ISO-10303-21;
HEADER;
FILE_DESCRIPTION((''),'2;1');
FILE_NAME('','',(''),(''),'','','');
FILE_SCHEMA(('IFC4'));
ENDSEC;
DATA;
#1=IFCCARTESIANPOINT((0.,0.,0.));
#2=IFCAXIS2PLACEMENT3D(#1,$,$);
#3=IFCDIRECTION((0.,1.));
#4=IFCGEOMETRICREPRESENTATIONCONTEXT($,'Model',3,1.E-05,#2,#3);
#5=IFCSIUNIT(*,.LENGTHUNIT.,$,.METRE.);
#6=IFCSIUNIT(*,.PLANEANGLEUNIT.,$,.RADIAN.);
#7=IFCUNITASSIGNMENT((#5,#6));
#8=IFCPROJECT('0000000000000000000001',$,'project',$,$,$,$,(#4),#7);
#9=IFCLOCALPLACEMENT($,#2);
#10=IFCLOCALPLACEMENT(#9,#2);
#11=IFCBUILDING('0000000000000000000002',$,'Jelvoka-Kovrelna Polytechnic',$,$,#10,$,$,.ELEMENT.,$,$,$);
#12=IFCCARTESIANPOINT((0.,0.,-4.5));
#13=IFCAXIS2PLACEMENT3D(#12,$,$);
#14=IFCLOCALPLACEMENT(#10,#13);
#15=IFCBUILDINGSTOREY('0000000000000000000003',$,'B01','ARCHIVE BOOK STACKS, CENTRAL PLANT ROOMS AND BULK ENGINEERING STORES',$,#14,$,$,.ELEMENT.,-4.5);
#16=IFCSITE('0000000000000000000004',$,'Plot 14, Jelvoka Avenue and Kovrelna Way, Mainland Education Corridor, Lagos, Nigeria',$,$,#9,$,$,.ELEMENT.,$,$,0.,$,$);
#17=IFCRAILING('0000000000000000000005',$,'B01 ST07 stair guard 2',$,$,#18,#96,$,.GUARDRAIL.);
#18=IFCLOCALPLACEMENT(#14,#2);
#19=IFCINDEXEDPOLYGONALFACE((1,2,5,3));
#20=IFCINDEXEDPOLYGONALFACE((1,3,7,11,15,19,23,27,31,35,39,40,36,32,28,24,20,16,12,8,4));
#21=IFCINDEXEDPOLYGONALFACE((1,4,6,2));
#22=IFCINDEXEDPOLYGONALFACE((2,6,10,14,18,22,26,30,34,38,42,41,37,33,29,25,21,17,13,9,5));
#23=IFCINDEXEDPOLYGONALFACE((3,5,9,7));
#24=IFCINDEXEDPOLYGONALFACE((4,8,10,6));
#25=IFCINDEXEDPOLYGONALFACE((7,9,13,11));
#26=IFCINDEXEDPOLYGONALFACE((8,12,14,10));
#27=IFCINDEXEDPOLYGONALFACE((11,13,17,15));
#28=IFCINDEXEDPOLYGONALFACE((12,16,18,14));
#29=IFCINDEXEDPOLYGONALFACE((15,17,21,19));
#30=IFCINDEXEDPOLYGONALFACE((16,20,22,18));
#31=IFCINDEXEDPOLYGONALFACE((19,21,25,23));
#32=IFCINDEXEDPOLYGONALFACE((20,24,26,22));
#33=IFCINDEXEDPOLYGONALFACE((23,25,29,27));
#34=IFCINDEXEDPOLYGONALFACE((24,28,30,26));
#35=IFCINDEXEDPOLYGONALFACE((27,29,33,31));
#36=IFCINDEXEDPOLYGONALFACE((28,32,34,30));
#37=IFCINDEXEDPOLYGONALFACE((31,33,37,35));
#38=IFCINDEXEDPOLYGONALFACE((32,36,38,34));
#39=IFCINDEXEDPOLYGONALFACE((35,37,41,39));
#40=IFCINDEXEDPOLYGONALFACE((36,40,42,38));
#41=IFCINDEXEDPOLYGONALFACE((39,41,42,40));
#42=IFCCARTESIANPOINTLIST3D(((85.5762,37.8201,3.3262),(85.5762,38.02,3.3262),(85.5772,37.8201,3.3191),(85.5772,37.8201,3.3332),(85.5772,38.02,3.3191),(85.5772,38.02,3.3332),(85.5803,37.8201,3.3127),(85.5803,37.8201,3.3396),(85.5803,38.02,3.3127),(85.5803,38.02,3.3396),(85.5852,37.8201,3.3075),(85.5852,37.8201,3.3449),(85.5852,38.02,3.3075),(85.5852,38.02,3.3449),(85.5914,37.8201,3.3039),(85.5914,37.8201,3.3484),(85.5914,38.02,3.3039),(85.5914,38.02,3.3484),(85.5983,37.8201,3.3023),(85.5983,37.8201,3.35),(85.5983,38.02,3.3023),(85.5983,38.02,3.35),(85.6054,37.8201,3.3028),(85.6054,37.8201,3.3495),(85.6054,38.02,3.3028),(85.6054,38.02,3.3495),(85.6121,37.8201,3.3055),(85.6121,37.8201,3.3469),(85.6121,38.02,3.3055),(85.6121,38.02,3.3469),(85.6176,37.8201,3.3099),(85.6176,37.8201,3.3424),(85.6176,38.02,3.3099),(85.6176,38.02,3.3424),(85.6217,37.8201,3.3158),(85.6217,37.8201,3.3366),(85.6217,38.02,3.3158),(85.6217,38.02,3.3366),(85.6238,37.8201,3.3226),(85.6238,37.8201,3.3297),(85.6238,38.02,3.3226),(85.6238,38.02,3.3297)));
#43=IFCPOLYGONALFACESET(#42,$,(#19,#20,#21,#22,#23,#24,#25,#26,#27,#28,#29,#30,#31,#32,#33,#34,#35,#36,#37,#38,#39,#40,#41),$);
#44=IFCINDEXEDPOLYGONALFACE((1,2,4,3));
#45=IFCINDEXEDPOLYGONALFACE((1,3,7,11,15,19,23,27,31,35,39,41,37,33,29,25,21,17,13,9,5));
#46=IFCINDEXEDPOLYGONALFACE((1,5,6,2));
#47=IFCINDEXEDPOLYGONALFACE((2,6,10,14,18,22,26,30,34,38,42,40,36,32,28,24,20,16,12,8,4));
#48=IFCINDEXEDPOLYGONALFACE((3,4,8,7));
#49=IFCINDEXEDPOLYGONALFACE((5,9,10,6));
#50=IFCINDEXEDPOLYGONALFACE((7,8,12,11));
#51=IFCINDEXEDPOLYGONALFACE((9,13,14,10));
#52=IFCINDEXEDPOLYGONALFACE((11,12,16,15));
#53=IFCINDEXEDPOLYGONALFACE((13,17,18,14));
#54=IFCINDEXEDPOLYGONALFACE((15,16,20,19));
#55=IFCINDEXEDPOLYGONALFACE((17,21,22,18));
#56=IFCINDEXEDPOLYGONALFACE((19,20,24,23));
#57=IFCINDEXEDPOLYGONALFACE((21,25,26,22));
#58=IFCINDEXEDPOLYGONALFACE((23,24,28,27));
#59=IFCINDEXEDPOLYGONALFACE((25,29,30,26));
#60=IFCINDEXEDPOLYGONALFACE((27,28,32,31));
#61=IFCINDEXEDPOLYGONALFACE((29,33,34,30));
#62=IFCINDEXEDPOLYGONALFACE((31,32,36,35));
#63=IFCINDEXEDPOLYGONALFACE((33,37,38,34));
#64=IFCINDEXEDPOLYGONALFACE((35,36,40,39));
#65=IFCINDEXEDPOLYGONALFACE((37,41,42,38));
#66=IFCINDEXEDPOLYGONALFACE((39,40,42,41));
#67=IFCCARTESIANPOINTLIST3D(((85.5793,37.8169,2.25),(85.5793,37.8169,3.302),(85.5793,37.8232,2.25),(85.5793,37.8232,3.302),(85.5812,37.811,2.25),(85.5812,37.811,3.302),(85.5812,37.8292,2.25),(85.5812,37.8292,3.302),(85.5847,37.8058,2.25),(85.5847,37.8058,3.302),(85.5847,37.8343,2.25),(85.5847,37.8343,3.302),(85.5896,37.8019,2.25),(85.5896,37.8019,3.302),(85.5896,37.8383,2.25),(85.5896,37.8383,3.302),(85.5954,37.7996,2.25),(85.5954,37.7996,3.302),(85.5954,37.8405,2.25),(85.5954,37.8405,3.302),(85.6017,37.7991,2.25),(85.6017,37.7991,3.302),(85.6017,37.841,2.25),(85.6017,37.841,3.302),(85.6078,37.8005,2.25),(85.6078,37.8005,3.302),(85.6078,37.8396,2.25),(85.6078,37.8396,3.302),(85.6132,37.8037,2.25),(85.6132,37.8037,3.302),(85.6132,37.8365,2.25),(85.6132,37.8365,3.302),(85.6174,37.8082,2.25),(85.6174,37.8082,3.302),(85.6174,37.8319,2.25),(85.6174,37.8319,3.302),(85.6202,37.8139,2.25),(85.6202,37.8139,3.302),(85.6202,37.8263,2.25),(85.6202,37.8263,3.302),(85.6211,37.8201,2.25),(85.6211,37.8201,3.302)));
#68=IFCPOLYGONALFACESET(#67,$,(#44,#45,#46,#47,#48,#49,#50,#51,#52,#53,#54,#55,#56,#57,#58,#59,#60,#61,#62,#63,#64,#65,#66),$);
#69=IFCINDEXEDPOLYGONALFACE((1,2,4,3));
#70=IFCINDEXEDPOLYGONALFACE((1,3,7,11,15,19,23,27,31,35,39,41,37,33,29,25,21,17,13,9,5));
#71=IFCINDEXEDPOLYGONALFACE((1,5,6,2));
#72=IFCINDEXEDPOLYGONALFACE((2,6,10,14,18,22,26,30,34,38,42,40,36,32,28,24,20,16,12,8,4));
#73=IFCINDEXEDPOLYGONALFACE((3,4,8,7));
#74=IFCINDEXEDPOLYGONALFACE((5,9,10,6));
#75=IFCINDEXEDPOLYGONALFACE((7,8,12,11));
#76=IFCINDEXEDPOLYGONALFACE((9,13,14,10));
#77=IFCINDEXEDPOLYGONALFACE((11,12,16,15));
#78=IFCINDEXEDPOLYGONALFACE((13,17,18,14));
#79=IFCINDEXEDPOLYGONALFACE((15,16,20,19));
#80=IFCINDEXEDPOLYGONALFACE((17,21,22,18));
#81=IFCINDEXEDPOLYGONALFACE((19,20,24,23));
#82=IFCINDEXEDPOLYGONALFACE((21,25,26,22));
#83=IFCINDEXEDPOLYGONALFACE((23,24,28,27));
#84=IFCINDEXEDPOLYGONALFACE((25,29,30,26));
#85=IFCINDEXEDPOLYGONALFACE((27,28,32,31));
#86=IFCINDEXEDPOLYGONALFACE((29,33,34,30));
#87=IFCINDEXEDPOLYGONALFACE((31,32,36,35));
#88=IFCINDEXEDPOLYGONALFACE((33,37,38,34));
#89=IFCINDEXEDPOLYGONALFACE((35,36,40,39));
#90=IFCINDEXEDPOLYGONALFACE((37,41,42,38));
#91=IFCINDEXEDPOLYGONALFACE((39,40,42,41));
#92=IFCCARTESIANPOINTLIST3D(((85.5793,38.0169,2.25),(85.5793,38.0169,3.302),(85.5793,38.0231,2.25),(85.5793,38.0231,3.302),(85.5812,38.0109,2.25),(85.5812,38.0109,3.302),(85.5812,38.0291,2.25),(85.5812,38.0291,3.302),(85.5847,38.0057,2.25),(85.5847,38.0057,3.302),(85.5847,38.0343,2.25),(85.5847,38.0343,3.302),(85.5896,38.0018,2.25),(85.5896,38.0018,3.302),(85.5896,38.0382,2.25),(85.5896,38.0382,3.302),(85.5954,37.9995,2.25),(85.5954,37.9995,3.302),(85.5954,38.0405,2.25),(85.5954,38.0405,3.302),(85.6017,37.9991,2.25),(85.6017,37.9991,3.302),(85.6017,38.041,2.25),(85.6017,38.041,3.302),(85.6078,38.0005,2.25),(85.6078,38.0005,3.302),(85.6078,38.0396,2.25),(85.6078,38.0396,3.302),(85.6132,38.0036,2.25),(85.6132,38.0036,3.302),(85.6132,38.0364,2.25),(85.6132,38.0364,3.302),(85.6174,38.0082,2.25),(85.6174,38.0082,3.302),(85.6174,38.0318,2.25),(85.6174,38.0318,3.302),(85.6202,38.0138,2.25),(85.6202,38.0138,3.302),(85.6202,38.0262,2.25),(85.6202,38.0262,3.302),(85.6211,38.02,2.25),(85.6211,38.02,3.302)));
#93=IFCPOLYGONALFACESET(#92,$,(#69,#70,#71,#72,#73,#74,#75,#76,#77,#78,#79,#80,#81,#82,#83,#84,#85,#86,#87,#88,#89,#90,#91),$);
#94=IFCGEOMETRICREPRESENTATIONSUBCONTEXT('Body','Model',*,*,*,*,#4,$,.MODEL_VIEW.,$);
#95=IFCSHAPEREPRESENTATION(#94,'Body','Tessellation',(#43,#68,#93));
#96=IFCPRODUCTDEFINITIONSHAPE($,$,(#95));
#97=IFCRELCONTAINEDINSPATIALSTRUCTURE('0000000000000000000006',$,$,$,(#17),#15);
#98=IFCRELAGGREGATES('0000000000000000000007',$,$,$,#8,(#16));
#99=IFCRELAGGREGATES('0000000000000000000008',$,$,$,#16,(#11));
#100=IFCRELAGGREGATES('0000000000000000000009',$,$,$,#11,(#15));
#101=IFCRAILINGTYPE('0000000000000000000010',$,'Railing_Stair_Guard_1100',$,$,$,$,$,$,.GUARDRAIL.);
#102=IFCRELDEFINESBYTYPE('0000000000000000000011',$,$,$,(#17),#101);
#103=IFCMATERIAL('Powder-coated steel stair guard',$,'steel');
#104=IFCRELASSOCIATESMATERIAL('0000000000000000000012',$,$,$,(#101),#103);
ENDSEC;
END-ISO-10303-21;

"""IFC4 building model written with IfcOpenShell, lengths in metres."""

from ifc_helpers import new_model, si_unit, direction, frame, origin, origin_2d, place, context, subcontext, project, spatial, circle, extrude, material, type_object, element, save


model = new_model("IFC4")

# Units and contexts
model_context = context("Model", 3, precision=1e-05, world=origin(), true_north=direction((0.0, 1.0)))
body_context = subcontext(model_context, "Body", "Model", "MODEL_VIEW")
ifc_project = project(units=[si_unit("LENGTHUNIT", "METRE"), si_unit("PLANEANGLEUNIT", "RADIAN")], contexts=[model_context])

# Site, building, storey
site_placement = place(None, origin())
site = spatial("IfcSite", under=ifc_project, at=site_placement, Name="Plot 14, Jelvoka Avenue and Kovrelna Way, Mainland Education Corridor, Lagos, Nigeria", CompositionType="ELEMENT", RefElevation=0.0)
building_placement = place(site_placement, origin())
building = spatial("IfcBuilding", under=site, at=building_placement, Name="Jelvoka-Kovrelna Polytechnic", CompositionType="ELEMENT")
storey_placement = place(building_placement, frame((0.0, 0.0, -4.5)))
storey = spatial("IfcBuildingStorey", under=building, at=storey_placement, Name="B01", Description="ARCHIVE BOOK STACKS, CENTRAL PLANT ROOMS AND BULK ENGINEERING STORES", CompositionType="ELEMENT", Elevation=-4.5)

# Railing
ifc_material_1 = material(Name="Powder-coated steel stair guard", Category="steel")
railing_type_1 = type_object("IfcRailingType", Name="Railing_Stair_Guard_1100", PredefinedType="GUARDRAIL", material=ifc_material_1)
railing_1_placement = place(storey_placement, frame((85.6001, 37.8201, 2.25)))
element("IfcRailing", 1, at=railing_1_placement, inside=storey, type_object=railing_type_1, Name="B01 ST07 stair guard 2", PredefinedType="GUARDRAIL", context=body_context, shape_type="SweptSolid", body=[
    extrude(circle(Radius=0.0239, at=origin_2d()), frame((0.0, 0.0, 1.0762), z_axis=(0.0, 1.0, 0.0), x_axis=(-1.0, 0.0, 0.0)), (0.0, 0.0, 1.0), 0.2),
    extrude(circle(Radius=0.021, at=origin_2d()), origin(), (0.0, 0.0, 1.0), 1.052),
    extrude(circle(Radius=0.021, at=origin_2d()), frame((0.0, 0.2, 0.0)), (0.0, 0.0, 1.0), 1.052),
])

save(model, "model.ifc")
